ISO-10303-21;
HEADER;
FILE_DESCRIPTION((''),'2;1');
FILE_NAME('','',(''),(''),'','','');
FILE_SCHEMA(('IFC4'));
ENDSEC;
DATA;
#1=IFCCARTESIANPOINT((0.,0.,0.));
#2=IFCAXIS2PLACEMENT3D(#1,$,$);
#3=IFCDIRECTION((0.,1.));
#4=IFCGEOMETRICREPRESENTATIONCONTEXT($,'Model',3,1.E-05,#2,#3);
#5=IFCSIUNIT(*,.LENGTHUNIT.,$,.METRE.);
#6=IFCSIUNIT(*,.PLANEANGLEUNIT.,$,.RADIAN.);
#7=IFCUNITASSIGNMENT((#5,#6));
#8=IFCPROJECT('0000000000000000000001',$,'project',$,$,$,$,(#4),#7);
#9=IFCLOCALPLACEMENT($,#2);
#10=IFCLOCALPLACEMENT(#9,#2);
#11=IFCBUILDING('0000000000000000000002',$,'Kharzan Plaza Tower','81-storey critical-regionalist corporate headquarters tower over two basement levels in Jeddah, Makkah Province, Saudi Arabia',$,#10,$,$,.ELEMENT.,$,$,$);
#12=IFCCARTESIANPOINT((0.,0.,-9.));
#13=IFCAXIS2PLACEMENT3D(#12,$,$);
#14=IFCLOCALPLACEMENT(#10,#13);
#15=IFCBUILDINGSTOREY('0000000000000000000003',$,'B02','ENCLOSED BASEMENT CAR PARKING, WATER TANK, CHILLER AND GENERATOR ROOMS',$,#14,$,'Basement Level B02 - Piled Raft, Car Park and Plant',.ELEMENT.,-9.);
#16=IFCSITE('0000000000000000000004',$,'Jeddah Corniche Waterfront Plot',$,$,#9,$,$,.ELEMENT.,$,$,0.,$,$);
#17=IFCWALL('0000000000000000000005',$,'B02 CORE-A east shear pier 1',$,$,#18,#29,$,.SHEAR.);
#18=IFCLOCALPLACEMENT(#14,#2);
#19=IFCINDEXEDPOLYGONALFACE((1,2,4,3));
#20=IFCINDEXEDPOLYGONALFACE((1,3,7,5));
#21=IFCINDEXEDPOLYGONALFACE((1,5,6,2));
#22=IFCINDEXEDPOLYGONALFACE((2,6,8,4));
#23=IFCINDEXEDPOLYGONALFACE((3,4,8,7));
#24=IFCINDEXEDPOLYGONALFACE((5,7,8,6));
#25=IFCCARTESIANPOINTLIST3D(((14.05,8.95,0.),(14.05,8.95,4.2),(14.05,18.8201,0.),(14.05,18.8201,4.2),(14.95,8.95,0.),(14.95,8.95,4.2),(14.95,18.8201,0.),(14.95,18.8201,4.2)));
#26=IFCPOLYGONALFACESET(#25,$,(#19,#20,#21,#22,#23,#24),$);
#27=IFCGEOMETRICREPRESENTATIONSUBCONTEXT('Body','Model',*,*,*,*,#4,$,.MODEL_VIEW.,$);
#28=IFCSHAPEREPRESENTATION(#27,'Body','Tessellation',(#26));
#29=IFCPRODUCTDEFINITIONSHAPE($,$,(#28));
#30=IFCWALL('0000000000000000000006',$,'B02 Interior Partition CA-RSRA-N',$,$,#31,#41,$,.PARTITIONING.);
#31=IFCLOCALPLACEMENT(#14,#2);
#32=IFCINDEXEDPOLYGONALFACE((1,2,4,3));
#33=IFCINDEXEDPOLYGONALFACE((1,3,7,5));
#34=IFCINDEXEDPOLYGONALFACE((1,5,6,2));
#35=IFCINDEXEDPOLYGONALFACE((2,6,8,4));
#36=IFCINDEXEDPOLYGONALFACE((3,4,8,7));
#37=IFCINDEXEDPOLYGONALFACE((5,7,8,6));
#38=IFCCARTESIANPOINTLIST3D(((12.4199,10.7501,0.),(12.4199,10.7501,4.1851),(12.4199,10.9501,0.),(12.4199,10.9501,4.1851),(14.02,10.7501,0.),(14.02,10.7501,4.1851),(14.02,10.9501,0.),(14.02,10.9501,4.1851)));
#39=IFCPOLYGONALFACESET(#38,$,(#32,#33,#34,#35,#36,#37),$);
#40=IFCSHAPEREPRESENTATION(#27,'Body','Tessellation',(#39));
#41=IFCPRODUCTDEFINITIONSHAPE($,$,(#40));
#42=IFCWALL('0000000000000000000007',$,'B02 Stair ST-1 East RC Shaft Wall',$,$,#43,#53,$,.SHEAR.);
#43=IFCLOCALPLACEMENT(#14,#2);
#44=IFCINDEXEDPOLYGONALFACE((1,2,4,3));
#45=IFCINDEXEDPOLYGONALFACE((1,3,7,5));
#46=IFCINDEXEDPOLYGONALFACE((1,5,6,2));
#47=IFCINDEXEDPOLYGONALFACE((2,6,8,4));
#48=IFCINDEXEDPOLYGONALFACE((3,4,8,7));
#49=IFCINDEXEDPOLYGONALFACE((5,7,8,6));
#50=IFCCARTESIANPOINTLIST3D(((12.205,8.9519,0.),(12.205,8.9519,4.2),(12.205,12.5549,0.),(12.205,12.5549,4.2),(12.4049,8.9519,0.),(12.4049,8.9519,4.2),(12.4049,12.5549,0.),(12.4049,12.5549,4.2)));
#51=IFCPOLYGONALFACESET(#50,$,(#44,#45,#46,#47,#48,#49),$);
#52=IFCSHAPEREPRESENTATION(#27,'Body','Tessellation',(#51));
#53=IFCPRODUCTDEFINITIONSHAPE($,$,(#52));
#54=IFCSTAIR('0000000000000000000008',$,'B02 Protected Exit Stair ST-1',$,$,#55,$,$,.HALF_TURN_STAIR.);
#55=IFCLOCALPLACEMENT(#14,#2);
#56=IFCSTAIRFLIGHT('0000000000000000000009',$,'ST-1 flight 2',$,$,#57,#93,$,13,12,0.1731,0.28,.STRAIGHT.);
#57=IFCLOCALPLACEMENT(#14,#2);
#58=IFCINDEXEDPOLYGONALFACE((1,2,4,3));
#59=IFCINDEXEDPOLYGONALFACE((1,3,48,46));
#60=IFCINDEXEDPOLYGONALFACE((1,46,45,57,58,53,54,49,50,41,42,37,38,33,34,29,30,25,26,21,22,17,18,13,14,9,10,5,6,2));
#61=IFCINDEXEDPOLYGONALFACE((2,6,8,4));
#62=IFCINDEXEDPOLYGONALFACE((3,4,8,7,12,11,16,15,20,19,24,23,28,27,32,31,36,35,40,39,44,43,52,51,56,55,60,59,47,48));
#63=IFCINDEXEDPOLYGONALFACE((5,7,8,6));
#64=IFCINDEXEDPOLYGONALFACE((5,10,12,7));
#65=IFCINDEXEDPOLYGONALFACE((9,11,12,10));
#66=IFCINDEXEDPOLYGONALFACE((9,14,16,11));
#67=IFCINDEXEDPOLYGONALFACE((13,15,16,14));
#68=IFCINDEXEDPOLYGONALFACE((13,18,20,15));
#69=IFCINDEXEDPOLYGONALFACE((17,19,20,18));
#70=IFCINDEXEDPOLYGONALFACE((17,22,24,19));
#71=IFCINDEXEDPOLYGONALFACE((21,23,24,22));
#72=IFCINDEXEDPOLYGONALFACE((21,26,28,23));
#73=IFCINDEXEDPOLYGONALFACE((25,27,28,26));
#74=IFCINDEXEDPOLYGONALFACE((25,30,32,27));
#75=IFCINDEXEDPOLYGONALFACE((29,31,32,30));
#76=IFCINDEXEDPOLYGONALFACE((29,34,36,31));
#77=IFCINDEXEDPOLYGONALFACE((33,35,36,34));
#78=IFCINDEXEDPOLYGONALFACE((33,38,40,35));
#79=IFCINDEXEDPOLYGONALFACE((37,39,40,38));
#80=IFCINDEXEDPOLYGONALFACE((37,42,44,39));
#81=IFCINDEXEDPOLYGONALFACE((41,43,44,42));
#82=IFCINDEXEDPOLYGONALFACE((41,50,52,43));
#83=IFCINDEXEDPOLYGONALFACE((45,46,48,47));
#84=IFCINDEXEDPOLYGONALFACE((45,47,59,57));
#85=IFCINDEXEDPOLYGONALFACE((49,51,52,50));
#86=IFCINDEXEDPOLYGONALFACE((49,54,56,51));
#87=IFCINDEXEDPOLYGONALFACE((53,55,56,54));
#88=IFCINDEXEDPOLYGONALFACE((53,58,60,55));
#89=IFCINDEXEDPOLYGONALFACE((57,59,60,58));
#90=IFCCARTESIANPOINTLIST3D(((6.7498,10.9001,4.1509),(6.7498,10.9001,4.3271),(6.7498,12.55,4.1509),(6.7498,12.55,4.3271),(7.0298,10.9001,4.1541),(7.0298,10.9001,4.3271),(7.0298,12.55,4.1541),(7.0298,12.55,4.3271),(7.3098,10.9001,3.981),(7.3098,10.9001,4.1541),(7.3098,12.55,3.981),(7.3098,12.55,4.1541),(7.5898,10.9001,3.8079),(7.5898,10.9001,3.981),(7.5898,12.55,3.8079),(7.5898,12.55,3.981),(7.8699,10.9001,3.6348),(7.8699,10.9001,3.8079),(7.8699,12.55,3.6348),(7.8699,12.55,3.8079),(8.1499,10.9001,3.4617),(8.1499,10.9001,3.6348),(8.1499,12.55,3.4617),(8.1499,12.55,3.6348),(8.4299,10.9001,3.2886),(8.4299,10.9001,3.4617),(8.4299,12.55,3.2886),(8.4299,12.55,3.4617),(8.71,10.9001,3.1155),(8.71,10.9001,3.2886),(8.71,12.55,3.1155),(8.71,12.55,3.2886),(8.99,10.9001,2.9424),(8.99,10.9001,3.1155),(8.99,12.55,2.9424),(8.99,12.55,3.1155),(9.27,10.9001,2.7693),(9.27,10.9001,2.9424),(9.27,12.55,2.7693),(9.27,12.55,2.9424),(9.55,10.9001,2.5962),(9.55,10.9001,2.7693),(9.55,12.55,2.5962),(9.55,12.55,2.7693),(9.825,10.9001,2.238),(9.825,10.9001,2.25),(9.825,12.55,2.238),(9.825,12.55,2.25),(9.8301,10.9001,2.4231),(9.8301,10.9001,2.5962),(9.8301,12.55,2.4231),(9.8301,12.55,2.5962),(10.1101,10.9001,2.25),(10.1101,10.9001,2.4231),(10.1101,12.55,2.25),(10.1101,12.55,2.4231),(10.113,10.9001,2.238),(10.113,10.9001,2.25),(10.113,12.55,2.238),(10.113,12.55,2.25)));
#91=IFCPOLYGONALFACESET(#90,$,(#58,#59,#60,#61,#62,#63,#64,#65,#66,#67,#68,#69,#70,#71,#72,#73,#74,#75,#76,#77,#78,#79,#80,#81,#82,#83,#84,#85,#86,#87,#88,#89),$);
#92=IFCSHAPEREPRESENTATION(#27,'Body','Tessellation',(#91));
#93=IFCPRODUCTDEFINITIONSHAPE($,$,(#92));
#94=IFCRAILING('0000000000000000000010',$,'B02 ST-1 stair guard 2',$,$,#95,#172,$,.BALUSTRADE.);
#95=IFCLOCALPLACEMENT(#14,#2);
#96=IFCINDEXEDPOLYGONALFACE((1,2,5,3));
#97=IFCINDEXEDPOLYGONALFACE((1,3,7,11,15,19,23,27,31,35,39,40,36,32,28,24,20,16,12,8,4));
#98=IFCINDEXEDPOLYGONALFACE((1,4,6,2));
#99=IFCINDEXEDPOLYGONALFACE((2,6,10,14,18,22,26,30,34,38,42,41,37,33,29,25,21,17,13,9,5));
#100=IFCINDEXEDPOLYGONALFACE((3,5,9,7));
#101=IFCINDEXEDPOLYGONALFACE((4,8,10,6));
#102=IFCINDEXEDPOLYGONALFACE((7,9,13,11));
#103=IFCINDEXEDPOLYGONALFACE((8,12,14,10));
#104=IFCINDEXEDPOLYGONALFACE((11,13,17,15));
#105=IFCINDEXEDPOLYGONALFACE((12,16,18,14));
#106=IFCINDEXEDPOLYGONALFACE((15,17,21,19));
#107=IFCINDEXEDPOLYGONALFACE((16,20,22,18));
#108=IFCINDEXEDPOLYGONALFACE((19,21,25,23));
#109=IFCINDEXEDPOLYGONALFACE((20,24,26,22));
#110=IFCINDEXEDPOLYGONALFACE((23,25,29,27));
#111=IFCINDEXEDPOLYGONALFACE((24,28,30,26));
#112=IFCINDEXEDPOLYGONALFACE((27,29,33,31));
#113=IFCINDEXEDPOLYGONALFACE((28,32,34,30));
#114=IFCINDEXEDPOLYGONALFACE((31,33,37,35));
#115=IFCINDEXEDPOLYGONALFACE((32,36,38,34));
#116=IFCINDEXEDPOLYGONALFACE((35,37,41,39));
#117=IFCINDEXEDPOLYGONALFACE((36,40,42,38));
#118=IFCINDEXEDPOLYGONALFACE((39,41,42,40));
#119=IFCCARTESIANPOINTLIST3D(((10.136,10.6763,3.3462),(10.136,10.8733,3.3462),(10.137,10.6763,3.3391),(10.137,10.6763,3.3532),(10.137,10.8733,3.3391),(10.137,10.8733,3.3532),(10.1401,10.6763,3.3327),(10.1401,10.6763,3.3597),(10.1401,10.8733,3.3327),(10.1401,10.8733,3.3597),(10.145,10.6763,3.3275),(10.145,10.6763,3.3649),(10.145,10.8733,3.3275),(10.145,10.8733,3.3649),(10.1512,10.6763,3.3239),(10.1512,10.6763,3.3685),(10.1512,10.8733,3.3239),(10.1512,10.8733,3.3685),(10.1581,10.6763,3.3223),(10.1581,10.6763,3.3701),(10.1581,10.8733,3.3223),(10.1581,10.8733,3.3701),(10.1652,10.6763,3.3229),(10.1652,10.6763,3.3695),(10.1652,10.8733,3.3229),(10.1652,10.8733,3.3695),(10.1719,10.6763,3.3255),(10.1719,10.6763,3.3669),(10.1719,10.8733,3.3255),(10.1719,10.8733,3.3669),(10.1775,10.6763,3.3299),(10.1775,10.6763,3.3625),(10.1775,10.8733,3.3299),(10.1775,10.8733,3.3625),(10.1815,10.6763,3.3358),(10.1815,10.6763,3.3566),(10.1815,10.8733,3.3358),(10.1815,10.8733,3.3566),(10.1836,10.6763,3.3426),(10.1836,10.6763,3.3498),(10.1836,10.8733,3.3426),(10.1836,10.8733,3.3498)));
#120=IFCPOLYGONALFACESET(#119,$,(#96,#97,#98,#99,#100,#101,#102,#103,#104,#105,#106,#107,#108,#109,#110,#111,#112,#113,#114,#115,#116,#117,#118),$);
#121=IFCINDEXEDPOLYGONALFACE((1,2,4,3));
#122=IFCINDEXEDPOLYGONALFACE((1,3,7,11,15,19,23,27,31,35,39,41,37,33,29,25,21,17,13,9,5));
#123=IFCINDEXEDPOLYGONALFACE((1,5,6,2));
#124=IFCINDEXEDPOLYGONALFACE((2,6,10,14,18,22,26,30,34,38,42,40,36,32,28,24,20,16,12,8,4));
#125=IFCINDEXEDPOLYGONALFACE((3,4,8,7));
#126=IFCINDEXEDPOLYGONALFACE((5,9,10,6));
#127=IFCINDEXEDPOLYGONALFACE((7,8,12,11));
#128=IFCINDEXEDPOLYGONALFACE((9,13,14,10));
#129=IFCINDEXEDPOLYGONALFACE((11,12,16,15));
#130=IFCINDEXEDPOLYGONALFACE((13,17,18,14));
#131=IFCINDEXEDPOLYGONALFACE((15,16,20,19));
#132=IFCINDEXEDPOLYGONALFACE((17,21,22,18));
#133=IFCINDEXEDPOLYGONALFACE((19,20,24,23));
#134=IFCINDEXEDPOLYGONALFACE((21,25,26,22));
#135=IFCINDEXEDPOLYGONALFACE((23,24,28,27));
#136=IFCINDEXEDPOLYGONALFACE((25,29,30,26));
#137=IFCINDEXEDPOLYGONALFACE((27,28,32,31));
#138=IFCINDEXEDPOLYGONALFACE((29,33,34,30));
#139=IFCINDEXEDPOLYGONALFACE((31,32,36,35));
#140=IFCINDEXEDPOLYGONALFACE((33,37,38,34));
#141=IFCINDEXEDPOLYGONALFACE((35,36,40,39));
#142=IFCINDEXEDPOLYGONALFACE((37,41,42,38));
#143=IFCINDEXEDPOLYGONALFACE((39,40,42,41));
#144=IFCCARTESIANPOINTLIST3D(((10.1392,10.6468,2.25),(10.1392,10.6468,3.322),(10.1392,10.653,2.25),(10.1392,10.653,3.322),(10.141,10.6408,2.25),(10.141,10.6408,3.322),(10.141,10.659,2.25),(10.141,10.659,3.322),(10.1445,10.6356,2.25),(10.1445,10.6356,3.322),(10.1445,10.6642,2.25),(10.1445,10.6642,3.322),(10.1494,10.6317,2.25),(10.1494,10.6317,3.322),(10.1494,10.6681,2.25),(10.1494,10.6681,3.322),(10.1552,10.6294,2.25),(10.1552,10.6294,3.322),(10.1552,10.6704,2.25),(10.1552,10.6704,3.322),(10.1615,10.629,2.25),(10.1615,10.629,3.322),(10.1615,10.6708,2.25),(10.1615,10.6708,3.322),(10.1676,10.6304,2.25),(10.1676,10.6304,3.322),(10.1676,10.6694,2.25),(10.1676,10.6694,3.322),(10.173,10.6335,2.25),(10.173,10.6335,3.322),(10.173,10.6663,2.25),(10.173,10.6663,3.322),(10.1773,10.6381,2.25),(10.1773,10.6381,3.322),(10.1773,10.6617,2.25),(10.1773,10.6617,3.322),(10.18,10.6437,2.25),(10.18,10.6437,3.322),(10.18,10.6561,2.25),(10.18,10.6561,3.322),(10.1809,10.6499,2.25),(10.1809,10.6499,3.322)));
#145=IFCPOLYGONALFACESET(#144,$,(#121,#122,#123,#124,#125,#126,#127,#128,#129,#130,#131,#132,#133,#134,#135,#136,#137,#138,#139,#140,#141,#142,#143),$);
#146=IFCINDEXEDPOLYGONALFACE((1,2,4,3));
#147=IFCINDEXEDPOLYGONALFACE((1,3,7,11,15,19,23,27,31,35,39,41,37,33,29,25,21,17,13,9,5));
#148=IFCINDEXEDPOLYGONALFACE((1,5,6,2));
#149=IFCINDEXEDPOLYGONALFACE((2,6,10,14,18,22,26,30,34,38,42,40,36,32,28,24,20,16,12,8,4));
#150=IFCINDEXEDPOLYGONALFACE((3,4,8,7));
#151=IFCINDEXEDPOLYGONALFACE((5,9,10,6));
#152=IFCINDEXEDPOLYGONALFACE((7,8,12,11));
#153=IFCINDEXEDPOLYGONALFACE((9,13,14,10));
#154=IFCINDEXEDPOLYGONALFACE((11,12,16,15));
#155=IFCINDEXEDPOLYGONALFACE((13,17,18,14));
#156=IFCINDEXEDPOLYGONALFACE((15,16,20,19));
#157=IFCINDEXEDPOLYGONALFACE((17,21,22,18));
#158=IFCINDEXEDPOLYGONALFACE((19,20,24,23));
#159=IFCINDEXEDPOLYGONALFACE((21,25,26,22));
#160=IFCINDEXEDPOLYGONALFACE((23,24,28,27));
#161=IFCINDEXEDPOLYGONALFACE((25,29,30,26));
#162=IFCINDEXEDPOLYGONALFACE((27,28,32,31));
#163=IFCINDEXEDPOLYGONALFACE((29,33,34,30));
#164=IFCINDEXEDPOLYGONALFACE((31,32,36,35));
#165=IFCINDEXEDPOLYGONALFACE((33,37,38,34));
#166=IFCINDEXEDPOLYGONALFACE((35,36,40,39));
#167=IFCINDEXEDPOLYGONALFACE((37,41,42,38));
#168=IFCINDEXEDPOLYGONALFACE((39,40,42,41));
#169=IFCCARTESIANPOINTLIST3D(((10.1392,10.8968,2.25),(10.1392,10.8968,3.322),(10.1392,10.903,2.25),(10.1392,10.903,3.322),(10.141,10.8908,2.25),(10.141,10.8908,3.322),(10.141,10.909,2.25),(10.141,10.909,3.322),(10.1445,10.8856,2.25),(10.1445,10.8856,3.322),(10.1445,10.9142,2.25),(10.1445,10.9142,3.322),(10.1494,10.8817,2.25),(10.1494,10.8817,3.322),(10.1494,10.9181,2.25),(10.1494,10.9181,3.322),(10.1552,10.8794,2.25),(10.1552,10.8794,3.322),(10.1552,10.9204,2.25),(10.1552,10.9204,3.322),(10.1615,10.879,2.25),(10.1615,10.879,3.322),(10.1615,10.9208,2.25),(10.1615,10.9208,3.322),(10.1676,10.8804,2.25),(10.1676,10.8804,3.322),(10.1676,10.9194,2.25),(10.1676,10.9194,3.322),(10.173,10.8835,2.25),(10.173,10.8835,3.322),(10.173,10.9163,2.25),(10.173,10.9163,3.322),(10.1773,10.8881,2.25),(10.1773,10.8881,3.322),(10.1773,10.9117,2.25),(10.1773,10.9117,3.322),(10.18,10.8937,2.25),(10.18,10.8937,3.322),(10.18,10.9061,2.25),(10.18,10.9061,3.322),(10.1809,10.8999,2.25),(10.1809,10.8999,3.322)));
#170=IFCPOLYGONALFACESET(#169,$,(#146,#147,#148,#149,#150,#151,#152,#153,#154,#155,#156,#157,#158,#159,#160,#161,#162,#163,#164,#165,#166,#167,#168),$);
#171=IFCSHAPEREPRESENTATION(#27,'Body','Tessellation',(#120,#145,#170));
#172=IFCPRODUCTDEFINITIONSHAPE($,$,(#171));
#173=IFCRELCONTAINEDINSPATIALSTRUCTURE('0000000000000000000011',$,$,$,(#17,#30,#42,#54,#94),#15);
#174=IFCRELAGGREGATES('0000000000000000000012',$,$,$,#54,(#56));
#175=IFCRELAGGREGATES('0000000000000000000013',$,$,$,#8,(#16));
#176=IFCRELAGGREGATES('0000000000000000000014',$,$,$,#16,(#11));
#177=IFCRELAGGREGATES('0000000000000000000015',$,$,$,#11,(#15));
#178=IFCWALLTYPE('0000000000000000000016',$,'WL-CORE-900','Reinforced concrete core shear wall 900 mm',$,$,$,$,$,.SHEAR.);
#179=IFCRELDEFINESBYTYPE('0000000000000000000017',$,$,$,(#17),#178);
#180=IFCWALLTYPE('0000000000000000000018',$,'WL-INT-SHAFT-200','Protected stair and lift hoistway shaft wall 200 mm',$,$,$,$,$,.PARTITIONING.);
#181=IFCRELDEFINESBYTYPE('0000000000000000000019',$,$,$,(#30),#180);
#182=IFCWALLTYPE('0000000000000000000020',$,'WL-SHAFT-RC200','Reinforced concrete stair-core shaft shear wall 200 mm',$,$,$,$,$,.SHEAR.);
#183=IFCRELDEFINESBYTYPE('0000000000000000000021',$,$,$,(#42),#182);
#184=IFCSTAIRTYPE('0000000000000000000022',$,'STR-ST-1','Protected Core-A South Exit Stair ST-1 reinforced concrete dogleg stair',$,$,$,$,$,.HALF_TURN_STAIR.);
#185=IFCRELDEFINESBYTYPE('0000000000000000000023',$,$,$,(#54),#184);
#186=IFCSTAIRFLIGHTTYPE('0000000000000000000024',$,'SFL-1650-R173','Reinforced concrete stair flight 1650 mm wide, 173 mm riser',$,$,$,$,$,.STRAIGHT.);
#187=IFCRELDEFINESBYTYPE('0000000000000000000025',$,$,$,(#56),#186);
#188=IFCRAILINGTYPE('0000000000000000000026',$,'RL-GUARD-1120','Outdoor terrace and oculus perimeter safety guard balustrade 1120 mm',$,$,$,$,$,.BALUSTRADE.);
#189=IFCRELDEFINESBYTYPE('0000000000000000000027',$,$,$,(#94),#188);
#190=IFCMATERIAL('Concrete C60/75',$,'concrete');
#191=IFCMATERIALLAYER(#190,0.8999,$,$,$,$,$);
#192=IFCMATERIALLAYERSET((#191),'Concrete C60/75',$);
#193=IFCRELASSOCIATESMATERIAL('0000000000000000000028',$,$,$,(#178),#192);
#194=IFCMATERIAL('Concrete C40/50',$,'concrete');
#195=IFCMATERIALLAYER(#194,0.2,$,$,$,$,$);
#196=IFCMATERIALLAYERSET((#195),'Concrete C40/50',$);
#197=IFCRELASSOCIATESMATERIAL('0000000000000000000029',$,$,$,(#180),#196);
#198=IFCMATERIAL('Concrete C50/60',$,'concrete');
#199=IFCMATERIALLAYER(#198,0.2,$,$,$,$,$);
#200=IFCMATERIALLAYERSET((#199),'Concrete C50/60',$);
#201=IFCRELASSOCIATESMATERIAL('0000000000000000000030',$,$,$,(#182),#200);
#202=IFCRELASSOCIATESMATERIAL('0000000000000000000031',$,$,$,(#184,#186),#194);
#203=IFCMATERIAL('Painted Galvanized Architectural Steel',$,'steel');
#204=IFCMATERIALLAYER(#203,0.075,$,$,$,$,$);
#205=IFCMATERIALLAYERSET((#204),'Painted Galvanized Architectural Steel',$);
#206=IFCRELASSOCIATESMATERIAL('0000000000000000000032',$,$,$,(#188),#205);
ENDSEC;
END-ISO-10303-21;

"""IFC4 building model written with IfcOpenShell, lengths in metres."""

from ifc_helpers import new_model, si_unit, direction, frame, frame_2d, origin, origin_2d, place, context, subcontext, project, spatial, polyline, rectangle, circle, outline, extrude, source, transform, mapped, material, layer, layer_set, type_object, element, aggregate, save


model = new_model("IFC4")

# Units and contexts
model_context = context("Model", 3, precision=1e-05, world=origin(), true_north=direction((0.0, 1.0)))
body_context = subcontext(model_context, "Body", "Model", "MODEL_VIEW")
ifc_project = project(units=[si_unit("LENGTHUNIT", "METRE"), si_unit("PLANEANGLEUNIT", "RADIAN")], contexts=[model_context])

# Site, building, storey
site_placement = place(None, origin())
site = spatial("IfcSite", under=ifc_project, at=site_placement, Name="Jeddah Corniche Waterfront Plot", CompositionType="ELEMENT", RefElevation=0.0)
building_placement = place(site_placement, origin())
building = spatial("IfcBuilding", under=site, at=building_placement, Name="Kharzan Plaza Tower", Description="81-storey critical-regionalist corporate headquarters tower over two basement levels in Jeddah, Makkah Province, Saudi Arabia", CompositionType="ELEMENT")
storey_placement = place(building_placement, frame((0.0, 0.0, -9.0)))
storey = spatial("IfcBuildingStorey", under=building, at=storey_placement, Name="B02", Description="ENCLOSED BASEMENT CAR PARKING, WATER TANK, CHILLER AND GENERATOR ROOMS", LongName="Basement Level B02 - Piled Raft, Car Park and Plant", CompositionType="ELEMENT", Elevation=-9.0)

# Shared definitions
ifc_material_1 = material(Name="Concrete C50/60", Category="concrete")

# Shared definitions
ifc_material_2 = material(Name="Concrete C60/75", Category="concrete")

# Walls
ifc_layer_1 = layer(ifc_material_2, 0.8999)
ifc_layer_set_1 = layer_set([ifc_layer_1], Name="Concrete C60/75")
wall_type_1 = type_object("IfcWallType", Name="WL-CORE-900", Description="Reinforced concrete core shear wall 900 mm", PredefinedType="SHEAR", material=ifc_layer_set_1)
shared_shape_1 = source(origin(), body_context, "Body", "SweptSolid", [
    extrude(rectangle(XDim=9.8701, YDim=0.8999, at=frame_2d((4.9351, 0.0))), origin(), (0.0, 0.0, 1.0), 4.2),
])
wall_1_placement = place(storey_placement, frame((14.5, 8.95, 0.0), z_axis=(0.0, 0.0, 1.0), x_axis=(0.0, 1.0, 0.0)))
element("IfcWall", 1, at=wall_1_placement, inside=storey, type_object=wall_type_1, Name="B02 CORE-A east shear pier 1", PredefinedType="SHEAR", context=body_context, shape_type="MappedRepresentation", body=[
    mapped(shared_shape_1, transform((0.0, 0.0, 0.0), x_axis=(1.0, 0.0, 0.0), y_axis=(0.0, 1.0, 0.0), z_axis=(0.0, 0.0, 1.0))),
])
ifc_material_3 = material(Name="Concrete C40/50", Category="concrete")
ifc_layer_2 = layer(ifc_material_3, 0.2)
ifc_layer_set_2 = layer_set([ifc_layer_2], Name="Concrete C40/50")
wall_type_2 = type_object("IfcWallType", Name="WL-INT-SHAFT-200", Description="Protected stair and lift hoistway shaft wall 200 mm", PredefinedType="PARTITIONING", material=ifc_layer_set_2)
shared_shape_2 = source(origin(), body_context, "Body", "SweptSolid", [
    extrude(rectangle(XDim=1.6001, YDim=0.2, at=frame_2d((0.8, 0.0))), origin(), (0.0, 0.0, 1.0), 4.1851),
])
wall_2_placement = place(storey_placement, frame((12.4199, 10.8501, 0.0), z_axis=(0.0, 0.0, 1.0), x_axis=(1.0, 0.0, 0.0)))
element("IfcWall", 2, at=wall_2_placement, inside=storey, type_object=wall_type_2, Name="B02 Interior Partition CA-RSRA-N", PredefinedType="PARTITIONING", context=body_context, shape_type="MappedRepresentation", body=[
    mapped(shared_shape_2, transform((0.0, 0.0, 0.0), x_axis=(1.0, 0.0, 0.0), y_axis=(0.0, 1.0, 0.0), z_axis=(0.0, 0.0, 1.0))),
])
ifc_layer_3 = layer(ifc_material_1, 0.2)
ifc_layer_set_3 = layer_set([ifc_layer_3], Name="Concrete C50/60")
wall_type_3 = type_object("IfcWallType", Name="WL-SHAFT-RC200", Description="Reinforced concrete stair-core shaft shear wall 200 mm", PredefinedType="SHEAR", material=ifc_layer_set_3)
shared_shape_3 = source(origin(), body_context, "Body", "SweptSolid", [
    extrude(rectangle(XDim=3.603, YDim=0.2, at=frame_2d((1.8015, 0.0))), origin(), (0.0, 0.0, 1.0), 4.2),
])
wall_3_placement = place(storey_placement, frame((12.3049, 8.9519, 0.0), z_axis=(0.0, 0.0, 1.0), x_axis=(0.0, 1.0, 0.0)))
element("IfcWall", 3, at=wall_3_placement, inside=storey, type_object=wall_type_3, Name="B02 Stair ST-1 East RC Shaft Wall", PredefinedType="SHEAR", context=body_context, shape_type="MappedRepresentation", body=[
    mapped(shared_shape_3, transform((0.0, 0.0, 0.0), x_axis=(1.0, 0.0, 0.0), y_axis=(0.0, 1.0, 0.0), z_axis=(0.0, 0.0, 1.0))),
])

# Stair, stair flight
stair_type = type_object("IfcStairType", Name="STR-ST-1", Description="Protected Core-A South Exit Stair ST-1 reinforced concrete dogleg stair", PredefinedType="HALF_TURN_STAIR", material=ifc_material_3)
stair_placement = place(storey_placement, origin())
stair = element("IfcStair", 4, at=stair_placement, inside=storey, type_object=stair_type, Name="B02 Protected Exit Stair ST-1", PredefinedType="HALF_TURN_STAIR")
stair_flight_type = type_object("IfcStairFlightType", Name="SFL-1650-R173", Description="Reinforced concrete stair flight 1650 mm wide, 173 mm riser", PredefinedType="STRAIGHT", material=ifc_material_3)
shared_shape_4 = source(origin(), body_context, "Body", "SweptSolid", [
    extrude(outline(polyline([(-0.0029, -0.012), (-0.0029, 0.0), (0.0, 0.0), (0.0, 0.1731), (0.28, 0.1731), (0.28, 0.3462), (0.5601, 0.3462), (0.5601, 0.5193), (0.8401, 0.5193), (0.8401, 0.6924), (1.1201, 0.6924), (1.1201, 0.8655), (1.4001, 0.8655), (1.4001, 1.0386), (1.6802, 1.0386), (1.6802, 1.2117), (1.9602, 1.2117), (1.9602, 1.3848), (2.2402, 1.3848), (2.2402, 1.5579), (2.5203, 1.5579), (2.5203, 1.731), (2.8003, 1.731), (2.8003, 1.9041), (3.0803, 1.9041), (3.0803, 2.0771), (3.3604, 2.0771), (3.3604, 2.2502), (3.3604, 1.9009), (0.2852, 0.0), (0.2852, -0.012), (-0.0029, -0.012)])), frame((0.0, 0.825, 0.0), z_axis=(0.0, -1.0, 0.0), x_axis=(1.0, 0.0, 0.0)), (0.0, 0.0, 1.0), 1.6499),
])
stair_flight_placement = place(storey_placement, frame((10.1101, 11.7251, 2.25), z_axis=(0.0, 0.0, 1.0), x_axis=(-1.0, 0.0, 0.0)))
stair_flight = element("IfcStairFlight", 5, at=stair_flight_placement, type_object=stair_flight_type, Name="ST-1 flight 2", NumberOfRisers=13, NumberOfTreads=12, PredefinedType="STRAIGHT", RiserHeight=0.1731, TreadLength=0.28, context=body_context, shape_type="MappedRepresentation", body=[
    mapped(shared_shape_4, transform((0.0, 0.0, 0.0), x_axis=(1.0, 0.0, 0.0), y_axis=(0.0, 1.0, 0.0), z_axis=(0.0, 0.0, 1.0))),
])
aggregate(stair, [stair_flight])

# Railing
ifc_material_4 = material(Name="Painted Galvanized Architectural Steel", Category="steel")
ifc_layer_4 = layer(ifc_material_4, 0.075)
ifc_layer_set_4 = layer_set([ifc_layer_4], Name="Painted Galvanized Architectural Steel")
railing_type_1 = type_object("IfcRailingType", Name="RL-GUARD-1120", Description="Outdoor terrace and oculus perimeter safety guard balustrade 1120 mm", PredefinedType="BALUSTRADE", material=ifc_layer_set_4)
shared_shape_5 = source(origin(), body_context, "Body", "SweptSolid", [
    extrude(circle(Radius=0.0239, at=origin_2d()), frame((0.0, 0.0264, 1.0962), z_axis=(0.0, 1.0, 0.0), x_axis=(-1.0, 0.0, 0.0)), (0.0, 0.0, 1.0), 0.197),
    extrude(circle(Radius=0.021, at=origin_2d()), origin(), (0.0, 0.0, 1.0), 1.072),
    extrude(circle(Radius=0.021, at=origin_2d()), frame((0.0, 0.25, 0.0)), (0.0, 0.0, 1.0), 1.072),
])
railing_1_placement = place(storey_placement, frame((10.1599, 10.6499, 2.25)))
element("IfcRailing", 6, at=railing_1_placement, inside=storey, type_object=railing_type_1, Name="B02 ST-1 stair guard 2", PredefinedType="BALUSTRADE", context=body_context, shape_type="MappedRepresentation", body=[
    mapped(shared_shape_5, transform((0.0, 0.0, 0.0), x_axis=(1.0, 0.0, 0.0), y_axis=(0.0, 1.0, 0.0), z_axis=(0.0, 0.0, 1.0))),
])

save(model, "model.ifc")
